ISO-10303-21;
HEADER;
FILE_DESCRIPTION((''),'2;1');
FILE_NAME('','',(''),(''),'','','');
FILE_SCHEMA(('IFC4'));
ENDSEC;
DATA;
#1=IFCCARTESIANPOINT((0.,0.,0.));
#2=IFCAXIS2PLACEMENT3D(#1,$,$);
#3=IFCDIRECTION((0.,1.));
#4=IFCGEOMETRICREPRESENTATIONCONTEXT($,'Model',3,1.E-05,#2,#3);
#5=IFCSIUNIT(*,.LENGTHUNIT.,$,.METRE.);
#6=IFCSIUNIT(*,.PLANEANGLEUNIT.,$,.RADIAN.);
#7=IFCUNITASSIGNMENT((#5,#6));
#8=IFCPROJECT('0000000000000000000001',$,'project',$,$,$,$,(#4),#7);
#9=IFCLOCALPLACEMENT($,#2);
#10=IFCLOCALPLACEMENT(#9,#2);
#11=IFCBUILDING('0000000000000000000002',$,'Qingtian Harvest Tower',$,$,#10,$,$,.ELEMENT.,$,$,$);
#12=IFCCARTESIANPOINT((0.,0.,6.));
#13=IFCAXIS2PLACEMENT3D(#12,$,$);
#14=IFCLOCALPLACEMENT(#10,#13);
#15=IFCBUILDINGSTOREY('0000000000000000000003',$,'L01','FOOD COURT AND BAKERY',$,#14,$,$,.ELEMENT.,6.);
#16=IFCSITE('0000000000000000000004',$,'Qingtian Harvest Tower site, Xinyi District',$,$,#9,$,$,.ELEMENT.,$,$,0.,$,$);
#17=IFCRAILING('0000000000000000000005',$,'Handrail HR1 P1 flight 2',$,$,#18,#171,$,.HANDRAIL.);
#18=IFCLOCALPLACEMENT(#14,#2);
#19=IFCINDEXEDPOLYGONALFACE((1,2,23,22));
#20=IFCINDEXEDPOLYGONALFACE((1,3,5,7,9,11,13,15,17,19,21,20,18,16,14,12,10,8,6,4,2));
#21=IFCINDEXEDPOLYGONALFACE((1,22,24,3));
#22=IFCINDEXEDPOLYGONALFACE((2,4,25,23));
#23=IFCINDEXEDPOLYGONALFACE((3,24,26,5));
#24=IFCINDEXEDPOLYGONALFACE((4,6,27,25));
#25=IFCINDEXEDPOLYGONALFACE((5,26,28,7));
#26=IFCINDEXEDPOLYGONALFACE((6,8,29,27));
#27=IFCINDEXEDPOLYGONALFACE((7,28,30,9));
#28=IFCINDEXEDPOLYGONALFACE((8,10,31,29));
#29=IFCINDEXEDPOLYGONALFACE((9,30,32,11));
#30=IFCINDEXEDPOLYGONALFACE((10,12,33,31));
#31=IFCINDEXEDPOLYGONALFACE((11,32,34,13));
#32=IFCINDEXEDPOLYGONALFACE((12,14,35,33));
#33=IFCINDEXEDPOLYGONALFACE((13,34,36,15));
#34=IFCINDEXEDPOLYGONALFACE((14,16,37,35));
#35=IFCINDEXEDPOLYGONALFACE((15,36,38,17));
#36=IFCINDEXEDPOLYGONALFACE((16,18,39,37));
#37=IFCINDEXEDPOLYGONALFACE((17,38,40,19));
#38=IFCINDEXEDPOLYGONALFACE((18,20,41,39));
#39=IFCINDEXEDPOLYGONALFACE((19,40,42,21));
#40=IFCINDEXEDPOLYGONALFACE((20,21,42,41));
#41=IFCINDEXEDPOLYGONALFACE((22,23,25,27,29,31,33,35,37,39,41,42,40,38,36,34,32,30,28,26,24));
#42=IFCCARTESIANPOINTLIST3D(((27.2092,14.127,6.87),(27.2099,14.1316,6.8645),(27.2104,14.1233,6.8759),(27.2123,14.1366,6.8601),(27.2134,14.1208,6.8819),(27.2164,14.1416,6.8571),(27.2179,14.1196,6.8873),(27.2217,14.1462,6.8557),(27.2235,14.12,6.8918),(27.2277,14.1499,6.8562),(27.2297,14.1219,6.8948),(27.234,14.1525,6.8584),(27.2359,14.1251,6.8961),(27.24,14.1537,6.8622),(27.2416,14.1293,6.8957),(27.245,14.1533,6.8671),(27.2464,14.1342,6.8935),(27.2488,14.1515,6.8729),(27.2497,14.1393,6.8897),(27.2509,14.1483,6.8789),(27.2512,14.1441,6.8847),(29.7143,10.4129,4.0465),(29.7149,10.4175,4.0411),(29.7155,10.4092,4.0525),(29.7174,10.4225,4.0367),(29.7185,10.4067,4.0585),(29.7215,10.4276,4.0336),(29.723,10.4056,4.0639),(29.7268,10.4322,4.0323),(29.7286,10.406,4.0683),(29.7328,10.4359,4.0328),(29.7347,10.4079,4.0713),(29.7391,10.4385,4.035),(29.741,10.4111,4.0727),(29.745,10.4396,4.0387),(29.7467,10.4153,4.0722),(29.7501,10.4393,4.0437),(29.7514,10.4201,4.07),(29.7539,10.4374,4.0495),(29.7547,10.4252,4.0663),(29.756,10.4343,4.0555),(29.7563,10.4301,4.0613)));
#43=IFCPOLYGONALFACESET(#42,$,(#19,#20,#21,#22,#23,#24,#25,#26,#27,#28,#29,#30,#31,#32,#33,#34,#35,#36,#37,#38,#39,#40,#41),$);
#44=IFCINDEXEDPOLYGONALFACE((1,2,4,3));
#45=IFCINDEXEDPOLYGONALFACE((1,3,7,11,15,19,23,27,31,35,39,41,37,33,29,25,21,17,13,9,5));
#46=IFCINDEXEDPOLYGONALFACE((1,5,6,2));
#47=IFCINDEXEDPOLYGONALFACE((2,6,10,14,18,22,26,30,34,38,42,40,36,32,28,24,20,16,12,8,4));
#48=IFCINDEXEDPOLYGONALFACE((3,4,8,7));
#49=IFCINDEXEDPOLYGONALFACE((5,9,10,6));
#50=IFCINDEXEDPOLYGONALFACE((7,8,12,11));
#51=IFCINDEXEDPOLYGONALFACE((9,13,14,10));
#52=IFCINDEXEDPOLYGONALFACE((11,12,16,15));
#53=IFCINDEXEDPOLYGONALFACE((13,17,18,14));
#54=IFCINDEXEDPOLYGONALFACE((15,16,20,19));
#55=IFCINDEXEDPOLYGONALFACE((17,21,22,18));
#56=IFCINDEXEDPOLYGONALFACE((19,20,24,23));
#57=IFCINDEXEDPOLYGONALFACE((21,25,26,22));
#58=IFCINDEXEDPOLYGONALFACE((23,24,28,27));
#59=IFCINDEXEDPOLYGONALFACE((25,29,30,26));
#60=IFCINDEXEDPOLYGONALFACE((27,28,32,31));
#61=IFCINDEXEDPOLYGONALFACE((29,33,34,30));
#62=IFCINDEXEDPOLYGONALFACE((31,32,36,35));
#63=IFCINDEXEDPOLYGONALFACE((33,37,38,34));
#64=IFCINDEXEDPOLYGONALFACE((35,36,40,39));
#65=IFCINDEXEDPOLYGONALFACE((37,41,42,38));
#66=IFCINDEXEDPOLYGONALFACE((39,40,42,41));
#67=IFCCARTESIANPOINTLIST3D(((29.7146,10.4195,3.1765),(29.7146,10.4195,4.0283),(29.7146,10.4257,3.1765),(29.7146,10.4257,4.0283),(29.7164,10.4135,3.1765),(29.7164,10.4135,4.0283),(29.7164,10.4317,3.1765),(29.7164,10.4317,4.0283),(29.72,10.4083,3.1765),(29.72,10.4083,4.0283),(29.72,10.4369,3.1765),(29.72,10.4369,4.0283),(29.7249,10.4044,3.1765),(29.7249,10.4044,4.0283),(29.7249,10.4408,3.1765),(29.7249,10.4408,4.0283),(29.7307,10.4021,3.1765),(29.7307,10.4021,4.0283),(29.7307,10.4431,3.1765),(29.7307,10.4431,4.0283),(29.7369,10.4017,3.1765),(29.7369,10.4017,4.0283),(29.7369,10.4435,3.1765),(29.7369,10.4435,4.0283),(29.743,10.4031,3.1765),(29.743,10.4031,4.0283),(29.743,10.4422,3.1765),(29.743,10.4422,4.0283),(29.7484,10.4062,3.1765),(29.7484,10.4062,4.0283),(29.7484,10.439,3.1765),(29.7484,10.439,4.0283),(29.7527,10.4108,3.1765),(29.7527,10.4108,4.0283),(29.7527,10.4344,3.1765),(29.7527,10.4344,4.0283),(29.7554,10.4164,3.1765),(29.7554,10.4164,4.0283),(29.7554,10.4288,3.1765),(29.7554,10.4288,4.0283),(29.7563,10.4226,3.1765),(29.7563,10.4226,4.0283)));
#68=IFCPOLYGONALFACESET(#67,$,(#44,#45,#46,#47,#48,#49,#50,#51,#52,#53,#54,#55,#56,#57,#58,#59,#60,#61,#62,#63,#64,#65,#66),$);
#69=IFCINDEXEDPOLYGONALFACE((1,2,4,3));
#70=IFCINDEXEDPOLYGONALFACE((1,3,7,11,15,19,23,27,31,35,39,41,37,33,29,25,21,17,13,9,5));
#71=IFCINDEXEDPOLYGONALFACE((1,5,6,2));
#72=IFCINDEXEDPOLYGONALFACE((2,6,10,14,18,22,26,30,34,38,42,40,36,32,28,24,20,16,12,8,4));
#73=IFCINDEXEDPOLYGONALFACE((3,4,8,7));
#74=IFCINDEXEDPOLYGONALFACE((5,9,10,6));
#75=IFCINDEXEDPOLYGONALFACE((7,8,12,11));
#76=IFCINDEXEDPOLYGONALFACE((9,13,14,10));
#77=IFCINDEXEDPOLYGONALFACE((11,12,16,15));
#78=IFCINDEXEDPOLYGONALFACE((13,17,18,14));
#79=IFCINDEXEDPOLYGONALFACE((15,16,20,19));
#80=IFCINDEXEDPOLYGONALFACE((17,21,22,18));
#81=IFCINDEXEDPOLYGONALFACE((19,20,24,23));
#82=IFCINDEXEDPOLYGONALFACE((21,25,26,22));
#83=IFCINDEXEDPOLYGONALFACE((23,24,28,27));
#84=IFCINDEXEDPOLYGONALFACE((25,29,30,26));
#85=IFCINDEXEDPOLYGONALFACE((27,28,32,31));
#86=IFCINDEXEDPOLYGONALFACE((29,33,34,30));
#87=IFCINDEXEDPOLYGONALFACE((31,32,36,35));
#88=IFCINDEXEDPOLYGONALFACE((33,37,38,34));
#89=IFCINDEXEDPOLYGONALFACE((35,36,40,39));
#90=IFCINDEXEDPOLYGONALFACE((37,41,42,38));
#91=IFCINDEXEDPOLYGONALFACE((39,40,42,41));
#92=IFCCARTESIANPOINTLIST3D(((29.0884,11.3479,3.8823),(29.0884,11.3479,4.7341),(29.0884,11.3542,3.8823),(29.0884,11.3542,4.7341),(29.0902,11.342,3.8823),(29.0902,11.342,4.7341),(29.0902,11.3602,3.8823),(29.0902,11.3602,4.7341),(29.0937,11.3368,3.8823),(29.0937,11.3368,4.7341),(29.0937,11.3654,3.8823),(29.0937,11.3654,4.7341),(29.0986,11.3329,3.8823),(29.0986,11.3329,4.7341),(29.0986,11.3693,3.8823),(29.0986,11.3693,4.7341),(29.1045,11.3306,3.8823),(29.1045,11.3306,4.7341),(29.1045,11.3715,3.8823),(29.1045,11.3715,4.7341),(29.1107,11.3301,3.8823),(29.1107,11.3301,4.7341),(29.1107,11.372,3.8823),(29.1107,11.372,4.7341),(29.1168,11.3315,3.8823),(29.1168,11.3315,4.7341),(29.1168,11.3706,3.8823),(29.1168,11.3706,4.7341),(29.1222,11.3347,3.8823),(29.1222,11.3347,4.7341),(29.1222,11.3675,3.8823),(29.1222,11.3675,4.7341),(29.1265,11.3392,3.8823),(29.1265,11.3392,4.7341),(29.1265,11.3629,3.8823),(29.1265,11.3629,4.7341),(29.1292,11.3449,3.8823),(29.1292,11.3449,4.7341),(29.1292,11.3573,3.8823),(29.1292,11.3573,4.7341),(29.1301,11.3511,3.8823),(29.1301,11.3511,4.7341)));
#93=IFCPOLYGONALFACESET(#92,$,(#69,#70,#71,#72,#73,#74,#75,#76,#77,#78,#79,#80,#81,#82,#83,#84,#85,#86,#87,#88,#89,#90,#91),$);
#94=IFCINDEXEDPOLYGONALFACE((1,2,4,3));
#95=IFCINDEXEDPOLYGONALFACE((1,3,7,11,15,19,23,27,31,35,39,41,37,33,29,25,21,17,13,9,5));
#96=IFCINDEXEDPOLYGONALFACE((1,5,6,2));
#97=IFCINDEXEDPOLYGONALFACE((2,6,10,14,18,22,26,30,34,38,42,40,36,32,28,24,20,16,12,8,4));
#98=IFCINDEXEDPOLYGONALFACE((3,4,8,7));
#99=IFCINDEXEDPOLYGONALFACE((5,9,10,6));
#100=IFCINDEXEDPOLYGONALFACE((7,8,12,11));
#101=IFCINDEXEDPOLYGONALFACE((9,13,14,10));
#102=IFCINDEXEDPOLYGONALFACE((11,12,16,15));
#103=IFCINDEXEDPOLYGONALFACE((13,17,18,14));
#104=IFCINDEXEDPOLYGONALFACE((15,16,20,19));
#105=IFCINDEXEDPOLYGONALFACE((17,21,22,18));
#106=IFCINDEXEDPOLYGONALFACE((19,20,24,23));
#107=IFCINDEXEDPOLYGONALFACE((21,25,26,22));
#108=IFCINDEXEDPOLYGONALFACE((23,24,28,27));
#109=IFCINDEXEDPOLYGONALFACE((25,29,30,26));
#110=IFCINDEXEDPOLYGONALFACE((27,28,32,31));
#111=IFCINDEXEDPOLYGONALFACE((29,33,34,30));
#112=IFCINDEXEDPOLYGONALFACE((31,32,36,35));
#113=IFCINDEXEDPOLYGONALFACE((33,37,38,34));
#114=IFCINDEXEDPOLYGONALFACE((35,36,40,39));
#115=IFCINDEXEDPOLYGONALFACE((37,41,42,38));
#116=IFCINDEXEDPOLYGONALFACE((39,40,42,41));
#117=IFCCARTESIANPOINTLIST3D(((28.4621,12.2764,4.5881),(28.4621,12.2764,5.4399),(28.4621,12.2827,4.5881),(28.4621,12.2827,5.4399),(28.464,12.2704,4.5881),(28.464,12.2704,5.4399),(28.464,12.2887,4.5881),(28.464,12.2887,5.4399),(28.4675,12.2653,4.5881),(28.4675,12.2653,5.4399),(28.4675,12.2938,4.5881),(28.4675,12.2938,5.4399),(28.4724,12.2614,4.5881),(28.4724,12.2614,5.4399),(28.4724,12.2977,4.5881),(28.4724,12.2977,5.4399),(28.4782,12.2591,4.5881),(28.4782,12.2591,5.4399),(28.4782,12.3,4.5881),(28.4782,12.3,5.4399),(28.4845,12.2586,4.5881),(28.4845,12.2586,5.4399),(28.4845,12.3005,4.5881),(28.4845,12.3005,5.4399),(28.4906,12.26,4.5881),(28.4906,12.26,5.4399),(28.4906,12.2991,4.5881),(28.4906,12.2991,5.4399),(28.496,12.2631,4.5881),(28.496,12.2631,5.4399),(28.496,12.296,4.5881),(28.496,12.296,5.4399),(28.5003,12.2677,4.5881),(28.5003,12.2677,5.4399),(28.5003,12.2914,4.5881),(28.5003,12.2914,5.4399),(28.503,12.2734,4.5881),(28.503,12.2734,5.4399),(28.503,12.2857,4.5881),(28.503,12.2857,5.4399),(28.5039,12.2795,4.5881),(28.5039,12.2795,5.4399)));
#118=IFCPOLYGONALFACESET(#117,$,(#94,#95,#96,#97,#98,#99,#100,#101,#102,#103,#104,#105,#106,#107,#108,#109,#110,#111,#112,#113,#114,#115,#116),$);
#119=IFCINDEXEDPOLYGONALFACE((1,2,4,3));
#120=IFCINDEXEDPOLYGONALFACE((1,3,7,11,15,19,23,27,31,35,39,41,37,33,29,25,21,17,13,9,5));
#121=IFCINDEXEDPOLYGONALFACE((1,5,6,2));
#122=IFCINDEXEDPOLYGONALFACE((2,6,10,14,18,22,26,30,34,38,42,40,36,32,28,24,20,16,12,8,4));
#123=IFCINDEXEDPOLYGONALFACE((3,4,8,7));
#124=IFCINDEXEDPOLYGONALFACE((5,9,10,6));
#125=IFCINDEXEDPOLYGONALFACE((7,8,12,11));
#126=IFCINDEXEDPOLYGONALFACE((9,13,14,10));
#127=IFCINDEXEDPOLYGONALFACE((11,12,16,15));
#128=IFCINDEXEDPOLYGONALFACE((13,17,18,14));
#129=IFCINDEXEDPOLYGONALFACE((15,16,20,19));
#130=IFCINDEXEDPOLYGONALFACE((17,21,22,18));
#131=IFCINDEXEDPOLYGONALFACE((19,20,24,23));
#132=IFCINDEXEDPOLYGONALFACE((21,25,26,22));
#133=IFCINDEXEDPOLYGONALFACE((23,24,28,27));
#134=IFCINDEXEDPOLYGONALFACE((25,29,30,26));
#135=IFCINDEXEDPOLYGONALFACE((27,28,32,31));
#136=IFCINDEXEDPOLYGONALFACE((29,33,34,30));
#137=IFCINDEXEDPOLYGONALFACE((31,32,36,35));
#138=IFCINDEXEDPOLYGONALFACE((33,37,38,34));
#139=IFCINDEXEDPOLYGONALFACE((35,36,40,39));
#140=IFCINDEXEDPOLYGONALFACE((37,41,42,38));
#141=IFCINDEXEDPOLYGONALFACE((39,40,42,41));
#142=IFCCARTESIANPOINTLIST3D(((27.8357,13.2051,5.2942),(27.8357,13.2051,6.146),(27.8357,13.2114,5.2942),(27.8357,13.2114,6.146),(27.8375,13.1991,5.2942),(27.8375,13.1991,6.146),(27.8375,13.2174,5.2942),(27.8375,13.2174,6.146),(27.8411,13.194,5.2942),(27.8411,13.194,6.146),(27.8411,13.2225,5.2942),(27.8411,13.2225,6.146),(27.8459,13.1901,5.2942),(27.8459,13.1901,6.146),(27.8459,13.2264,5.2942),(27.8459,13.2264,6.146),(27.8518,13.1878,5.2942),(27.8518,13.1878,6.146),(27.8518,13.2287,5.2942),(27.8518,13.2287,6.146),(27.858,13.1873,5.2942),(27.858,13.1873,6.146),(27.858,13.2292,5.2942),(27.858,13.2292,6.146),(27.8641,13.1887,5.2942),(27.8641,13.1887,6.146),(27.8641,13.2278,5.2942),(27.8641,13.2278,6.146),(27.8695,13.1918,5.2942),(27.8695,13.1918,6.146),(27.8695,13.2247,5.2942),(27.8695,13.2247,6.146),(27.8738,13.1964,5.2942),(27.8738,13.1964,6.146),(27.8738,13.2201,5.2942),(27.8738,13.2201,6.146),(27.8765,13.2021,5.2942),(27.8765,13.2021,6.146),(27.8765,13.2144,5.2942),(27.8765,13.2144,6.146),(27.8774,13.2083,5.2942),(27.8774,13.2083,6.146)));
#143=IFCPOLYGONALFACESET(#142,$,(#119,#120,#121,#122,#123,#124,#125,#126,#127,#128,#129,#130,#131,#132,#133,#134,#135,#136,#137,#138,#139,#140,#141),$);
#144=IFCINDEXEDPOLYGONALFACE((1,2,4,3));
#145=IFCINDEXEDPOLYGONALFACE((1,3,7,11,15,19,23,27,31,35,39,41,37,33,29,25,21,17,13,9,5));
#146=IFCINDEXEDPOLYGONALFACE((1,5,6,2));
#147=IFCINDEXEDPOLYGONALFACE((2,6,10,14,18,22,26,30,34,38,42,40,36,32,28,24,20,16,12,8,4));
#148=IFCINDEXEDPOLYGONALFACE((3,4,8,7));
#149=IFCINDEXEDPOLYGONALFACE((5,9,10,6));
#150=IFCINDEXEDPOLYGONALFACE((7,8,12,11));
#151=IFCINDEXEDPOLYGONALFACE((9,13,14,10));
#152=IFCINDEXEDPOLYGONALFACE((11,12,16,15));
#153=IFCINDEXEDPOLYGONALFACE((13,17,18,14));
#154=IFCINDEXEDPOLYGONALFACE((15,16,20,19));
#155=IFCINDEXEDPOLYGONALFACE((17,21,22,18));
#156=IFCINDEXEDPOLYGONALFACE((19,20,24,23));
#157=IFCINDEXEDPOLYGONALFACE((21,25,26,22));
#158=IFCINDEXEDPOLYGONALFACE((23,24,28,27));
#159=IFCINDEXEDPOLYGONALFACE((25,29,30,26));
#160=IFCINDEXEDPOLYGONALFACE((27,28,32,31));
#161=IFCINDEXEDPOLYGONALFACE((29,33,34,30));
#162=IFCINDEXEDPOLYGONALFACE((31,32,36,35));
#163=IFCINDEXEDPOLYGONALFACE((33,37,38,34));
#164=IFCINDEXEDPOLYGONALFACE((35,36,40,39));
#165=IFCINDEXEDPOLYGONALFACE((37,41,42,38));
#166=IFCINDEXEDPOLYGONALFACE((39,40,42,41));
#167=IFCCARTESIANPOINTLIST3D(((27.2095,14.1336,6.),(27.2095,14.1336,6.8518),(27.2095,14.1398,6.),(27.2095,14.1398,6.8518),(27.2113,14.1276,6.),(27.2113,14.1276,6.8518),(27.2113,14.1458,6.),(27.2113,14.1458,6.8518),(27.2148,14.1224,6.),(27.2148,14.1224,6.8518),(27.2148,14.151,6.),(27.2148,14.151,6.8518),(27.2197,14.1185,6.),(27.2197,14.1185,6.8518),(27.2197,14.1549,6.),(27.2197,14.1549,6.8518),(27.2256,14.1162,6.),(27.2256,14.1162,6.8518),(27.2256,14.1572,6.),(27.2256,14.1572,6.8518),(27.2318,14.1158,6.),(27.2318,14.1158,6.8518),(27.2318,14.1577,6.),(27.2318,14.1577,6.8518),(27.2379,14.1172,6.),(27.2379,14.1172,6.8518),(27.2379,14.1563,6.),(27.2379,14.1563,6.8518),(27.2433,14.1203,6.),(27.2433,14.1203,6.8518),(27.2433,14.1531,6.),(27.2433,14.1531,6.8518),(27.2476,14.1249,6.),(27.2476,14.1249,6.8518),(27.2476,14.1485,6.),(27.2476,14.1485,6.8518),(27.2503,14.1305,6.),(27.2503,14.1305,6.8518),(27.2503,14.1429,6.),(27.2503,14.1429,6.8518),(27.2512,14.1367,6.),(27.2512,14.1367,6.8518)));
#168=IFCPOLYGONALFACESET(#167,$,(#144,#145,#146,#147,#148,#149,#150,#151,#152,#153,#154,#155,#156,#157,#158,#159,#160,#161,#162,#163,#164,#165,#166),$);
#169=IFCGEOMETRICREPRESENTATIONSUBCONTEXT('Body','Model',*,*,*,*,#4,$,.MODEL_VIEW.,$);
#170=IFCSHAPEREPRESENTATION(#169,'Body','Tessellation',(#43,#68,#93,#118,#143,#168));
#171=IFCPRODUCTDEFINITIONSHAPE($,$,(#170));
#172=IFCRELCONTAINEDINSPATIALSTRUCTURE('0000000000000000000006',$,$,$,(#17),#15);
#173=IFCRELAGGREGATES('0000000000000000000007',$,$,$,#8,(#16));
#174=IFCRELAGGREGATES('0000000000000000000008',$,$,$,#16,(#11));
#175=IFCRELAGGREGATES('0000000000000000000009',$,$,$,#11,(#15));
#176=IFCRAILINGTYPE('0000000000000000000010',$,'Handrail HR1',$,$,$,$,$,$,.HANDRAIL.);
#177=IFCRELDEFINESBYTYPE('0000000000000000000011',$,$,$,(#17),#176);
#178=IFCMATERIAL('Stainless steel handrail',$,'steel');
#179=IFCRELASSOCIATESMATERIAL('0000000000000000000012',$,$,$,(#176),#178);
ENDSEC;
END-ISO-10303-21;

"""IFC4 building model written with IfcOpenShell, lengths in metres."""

from ifc_helpers import new_model, si_unit, direction, frame, origin, origin_2d, place, context, subcontext, project, spatial, circle, extrude, material, type_object, element, save


model = new_model("IFC4")

# Units and contexts
model_context = context("Model", 3, precision=1e-05, world=origin(), true_north=direction((0.0, 1.0)))
body_context = subcontext(model_context, "Body", "Model", "MODEL_VIEW")
ifc_project = project(units=[si_unit("LENGTHUNIT", "METRE"), si_unit("PLANEANGLEUNIT", "RADIAN")], contexts=[model_context])

# Site, building, storey
site_placement = place(None, origin())
site = spatial("IfcSite", under=ifc_project, at=site_placement, Name="Qingtian Harvest Tower site, Xinyi District", CompositionType="ELEMENT", RefElevation=0.0)
building_placement = place(site_placement, origin())
building = spatial("IfcBuilding", under=site, at=building_placement, Name="Qingtian Harvest Tower", CompositionType="ELEMENT")
storey_placement = place(building_placement, frame((0.0, 0.0, 6.0)))
storey = spatial("IfcBuildingStorey", under=building, at=storey_placement, Name="L01", Description="FOOD COURT AND BAKERY", CompositionType="ELEMENT", Elevation=6.0)

# Railing
ifc_material_1 = material(Name="Stainless steel handrail", Category="steel")
railing_type = type_object("IfcRailingType", Name="Handrail HR1", PredefinedType="HANDRAIL", material=ifc_material_1)
railing_1_placement = place(storey_placement, frame((29.7354, 10.4226, 3.1765)))
element("IfcRailing", 1, at=railing_1_placement, inside=storey, type_object=railing_type, Name="Handrail HR1 P1 flight 2", PredefinedType="HANDRAIL", context=body_context, shape_type="SweptSolid", body=[
    extrude(circle(Radius=0.0239, at=origin_2d()), frame((0.0, 0.0, 0.876), z_axis=(-0.473067, 0.701371, 0.533186), x_axis=(-0.829045, -0.559182, 0.0)), (0.0, 0.0, 1.0), 5.2954),
    extrude(circle(Radius=0.021, at=origin_2d()), origin(), (0.0, 0.0, 1.0), 0.8518),
    extrude(circle(Radius=0.021, at=origin_2d()), frame((-0.6262, 0.9285, 0.7058)), (0.0, 0.0, 1.0), 0.8518),
    extrude(circle(Radius=0.021, at=origin_2d()), frame((-1.2524, 1.8569, 1.4116)), (0.0, 0.0, 1.0), 0.8518),
    extrude(circle(Radius=0.021, at=origin_2d()), frame((-1.8789, 2.7856, 2.1177)), (0.0, 0.0, 1.0), 0.8518),
    extrude(circle(Radius=0.021, at=origin_2d()), frame((-2.5051, 3.7141, 2.8235)), (0.0, 0.0, 1.0), 0.8518),
])

save(model, "model.ifc")
